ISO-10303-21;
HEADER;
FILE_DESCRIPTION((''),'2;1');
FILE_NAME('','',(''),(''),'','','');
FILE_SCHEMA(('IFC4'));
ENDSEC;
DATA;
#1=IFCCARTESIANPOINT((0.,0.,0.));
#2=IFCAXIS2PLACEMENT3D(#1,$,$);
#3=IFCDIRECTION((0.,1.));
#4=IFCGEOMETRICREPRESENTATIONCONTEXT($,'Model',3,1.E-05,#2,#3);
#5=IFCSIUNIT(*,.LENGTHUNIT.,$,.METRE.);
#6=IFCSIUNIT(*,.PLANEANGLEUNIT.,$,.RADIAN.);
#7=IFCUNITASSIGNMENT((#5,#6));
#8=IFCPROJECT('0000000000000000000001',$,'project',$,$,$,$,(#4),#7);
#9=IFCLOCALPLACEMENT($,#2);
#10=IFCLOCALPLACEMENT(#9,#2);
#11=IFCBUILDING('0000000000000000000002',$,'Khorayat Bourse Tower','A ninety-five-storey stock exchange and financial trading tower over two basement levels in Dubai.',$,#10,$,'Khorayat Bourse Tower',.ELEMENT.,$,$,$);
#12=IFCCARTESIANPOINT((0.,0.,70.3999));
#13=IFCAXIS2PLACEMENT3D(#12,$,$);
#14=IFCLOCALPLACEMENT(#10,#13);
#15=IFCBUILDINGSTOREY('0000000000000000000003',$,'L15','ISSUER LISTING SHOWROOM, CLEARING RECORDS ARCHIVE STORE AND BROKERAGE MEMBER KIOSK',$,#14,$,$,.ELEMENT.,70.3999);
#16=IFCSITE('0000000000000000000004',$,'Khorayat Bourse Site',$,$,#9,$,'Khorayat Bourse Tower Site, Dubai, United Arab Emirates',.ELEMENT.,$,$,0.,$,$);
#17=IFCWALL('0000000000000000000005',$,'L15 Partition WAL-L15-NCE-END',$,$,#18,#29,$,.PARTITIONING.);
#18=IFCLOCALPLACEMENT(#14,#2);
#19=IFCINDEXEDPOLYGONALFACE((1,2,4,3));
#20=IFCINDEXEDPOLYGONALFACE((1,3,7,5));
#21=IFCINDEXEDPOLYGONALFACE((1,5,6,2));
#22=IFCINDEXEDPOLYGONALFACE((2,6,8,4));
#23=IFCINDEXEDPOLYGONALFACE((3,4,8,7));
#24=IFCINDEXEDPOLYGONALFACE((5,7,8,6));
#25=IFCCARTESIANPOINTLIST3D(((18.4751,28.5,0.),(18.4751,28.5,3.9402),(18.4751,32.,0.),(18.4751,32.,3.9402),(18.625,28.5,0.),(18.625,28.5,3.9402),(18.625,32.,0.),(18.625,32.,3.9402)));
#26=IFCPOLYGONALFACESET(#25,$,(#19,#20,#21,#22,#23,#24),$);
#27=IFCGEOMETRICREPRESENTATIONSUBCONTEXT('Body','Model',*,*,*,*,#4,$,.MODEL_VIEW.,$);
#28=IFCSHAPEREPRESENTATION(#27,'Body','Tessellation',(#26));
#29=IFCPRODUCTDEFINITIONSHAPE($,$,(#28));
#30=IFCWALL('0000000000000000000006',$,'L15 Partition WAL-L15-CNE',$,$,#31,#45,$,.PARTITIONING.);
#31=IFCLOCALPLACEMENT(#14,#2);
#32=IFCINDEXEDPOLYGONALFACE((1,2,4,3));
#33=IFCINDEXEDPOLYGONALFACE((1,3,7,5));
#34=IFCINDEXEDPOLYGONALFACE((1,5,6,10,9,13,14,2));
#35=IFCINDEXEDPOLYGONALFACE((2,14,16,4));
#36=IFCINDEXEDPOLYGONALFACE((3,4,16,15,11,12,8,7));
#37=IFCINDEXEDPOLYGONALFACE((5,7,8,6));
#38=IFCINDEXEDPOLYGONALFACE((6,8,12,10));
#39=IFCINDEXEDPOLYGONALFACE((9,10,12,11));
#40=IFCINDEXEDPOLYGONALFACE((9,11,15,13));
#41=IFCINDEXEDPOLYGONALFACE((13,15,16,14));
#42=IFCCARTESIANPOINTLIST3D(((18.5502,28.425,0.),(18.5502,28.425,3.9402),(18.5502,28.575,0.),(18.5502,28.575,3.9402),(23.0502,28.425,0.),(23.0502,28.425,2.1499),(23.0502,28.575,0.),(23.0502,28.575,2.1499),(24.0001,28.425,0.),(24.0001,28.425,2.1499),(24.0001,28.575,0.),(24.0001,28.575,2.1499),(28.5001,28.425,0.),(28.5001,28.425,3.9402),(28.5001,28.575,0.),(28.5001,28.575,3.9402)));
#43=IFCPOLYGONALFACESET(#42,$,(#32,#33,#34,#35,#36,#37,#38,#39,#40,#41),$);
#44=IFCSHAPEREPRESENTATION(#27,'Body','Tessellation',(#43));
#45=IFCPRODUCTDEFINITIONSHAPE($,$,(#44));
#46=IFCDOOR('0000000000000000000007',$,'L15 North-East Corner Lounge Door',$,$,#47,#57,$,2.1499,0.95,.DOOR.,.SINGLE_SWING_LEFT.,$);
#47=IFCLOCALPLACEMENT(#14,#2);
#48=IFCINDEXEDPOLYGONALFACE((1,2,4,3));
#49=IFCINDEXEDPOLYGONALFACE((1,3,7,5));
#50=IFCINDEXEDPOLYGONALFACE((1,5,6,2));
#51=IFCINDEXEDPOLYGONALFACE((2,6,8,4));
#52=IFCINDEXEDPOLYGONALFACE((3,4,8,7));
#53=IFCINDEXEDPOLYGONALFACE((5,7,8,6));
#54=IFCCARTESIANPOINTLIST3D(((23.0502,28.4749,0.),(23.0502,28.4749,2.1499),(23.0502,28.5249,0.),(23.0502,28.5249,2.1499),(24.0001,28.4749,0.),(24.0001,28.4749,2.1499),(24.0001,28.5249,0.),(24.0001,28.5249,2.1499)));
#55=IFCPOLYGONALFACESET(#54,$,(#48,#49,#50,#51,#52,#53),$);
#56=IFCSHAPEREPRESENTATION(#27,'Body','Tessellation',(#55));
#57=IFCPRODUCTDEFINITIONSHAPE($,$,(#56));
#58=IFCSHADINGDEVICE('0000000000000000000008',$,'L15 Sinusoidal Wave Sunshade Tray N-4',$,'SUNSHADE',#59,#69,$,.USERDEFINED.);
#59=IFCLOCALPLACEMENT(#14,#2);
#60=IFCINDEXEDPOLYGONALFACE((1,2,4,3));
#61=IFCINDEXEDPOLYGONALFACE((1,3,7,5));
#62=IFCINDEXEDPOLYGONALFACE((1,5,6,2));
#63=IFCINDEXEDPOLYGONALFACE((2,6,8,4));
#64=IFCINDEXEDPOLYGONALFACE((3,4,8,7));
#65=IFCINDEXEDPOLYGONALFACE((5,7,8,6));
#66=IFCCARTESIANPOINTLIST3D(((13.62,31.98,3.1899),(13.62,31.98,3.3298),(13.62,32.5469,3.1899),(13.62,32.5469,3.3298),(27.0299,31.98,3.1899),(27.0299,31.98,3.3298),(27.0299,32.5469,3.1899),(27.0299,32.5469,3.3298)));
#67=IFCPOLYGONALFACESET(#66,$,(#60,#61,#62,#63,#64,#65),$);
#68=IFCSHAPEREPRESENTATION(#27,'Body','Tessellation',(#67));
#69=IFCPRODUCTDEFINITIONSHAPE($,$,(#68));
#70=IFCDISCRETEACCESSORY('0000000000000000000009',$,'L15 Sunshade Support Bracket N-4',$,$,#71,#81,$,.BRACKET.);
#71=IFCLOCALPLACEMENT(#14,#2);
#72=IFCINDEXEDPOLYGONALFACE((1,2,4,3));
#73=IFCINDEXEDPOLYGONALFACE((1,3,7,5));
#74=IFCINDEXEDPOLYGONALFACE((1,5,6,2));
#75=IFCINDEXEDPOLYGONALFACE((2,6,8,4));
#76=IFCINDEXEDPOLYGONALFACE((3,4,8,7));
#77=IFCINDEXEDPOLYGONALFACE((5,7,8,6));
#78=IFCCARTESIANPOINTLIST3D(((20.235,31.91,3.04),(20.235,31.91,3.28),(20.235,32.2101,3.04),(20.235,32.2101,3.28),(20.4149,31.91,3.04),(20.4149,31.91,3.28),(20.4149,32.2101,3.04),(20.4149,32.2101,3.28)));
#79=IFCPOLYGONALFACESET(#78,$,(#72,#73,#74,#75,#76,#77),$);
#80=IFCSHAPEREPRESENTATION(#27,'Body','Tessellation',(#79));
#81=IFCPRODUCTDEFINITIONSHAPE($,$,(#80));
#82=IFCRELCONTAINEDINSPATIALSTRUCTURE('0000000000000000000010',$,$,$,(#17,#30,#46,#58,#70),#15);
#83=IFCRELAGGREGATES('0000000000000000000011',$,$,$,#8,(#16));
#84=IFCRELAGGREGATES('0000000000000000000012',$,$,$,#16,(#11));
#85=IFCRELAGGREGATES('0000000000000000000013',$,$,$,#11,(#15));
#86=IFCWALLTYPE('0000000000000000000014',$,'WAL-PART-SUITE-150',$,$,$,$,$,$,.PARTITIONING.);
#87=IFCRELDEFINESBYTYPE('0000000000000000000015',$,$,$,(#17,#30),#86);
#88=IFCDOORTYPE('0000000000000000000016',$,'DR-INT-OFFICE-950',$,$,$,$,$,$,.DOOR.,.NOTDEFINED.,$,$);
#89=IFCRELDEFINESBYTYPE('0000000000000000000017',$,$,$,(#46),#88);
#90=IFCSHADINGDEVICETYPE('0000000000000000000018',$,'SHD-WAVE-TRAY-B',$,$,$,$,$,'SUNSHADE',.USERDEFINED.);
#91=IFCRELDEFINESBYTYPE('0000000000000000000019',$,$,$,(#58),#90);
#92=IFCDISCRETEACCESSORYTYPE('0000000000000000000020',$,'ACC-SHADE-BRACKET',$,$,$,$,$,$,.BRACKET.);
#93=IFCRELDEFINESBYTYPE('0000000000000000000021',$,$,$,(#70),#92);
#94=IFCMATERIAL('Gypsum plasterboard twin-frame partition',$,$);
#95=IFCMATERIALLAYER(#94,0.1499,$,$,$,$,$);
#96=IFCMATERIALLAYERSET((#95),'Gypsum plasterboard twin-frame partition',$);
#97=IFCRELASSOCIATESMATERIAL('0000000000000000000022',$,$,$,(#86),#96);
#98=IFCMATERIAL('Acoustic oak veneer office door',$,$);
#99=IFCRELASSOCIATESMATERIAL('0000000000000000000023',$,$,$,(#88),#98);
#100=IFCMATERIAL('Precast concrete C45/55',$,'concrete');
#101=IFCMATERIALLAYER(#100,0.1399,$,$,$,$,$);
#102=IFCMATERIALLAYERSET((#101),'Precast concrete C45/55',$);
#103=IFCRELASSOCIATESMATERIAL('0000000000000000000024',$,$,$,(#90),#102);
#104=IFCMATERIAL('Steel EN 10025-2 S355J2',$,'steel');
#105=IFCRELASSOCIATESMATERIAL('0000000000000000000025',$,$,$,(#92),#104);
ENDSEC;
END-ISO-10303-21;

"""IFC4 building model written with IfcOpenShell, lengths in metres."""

from ifc_helpers import new_model, si_unit, direction, frame, frame_2d, origin, origin_2d, place, context, subcontext, project, spatial, rectangle, extrude, source, transform, mapped, material, layer, layer_set, type_object, element, fill, save


model = new_model("IFC4")

# Units and contexts
model_context = context("Model", 3, precision=1e-05, world=origin(), true_north=direction((0.0, 1.0)))
body_context = subcontext(model_context, "Body", "Model", "MODEL_VIEW")
ifc_project = project(units=[si_unit("LENGTHUNIT", "METRE"), si_unit("PLANEANGLEUNIT", "RADIAN")], contexts=[model_context])

# Site, building, storey
site_placement = place(None, origin())
site = spatial("IfcSite", under=ifc_project, at=site_placement, Name="Khorayat Bourse Site", LongName="Khorayat Bourse Tower Site, Dubai, United Arab Emirates", CompositionType="ELEMENT", RefElevation=0.0)
building_placement = place(site_placement, origin())
building = spatial("IfcBuilding", under=site, at=building_placement, Name="Khorayat Bourse Tower", Description="A ninety-five-storey stock exchange and financial trading tower over two basement levels in Dubai.", LongName="Khorayat Bourse Tower", CompositionType="ELEMENT")
storey_placement = place(building_placement, frame((0.0, 0.0, 70.3999)))
storey = spatial("IfcBuildingStorey", under=building, at=storey_placement, Name="L15", Description="ISSUER LISTING SHOWROOM, CLEARING RECORDS ARCHIVE STORE AND BROKERAGE MEMBER KIOSK", CompositionType="ELEMENT", Elevation=70.3999)

# Shared definitions
ifc_material_1 = material(Name="Steel EN 10025-2 S355J2", Category="steel")

# Shared definitions
ifc_material_2 = material(Name="Precast concrete C45/55", Category="concrete")

# Wall
ifc_material_3 = material(Name="Gypsum plasterboard twin-frame partition")
ifc_layer_1 = layer(ifc_material_3, 0.1499)
ifc_layer_set_1 = layer_set([ifc_layer_1], Name="Gypsum plasterboard twin-frame partition")
wall_type_1 = type_object("IfcWallType", Name="WAL-PART-SUITE-150", PredefinedType="PARTITIONING", material=ifc_layer_set_1)
shared_shape_1 = source(origin(), body_context, "Body", "SweptSolid", [
    extrude(rectangle(XDim=3.5, YDim=0.1499, at=frame_2d((1.75, 0.0))), origin(), (0.0, 0.0, 1.0), 3.9402),
])
wall_1_placement = place(storey_placement, frame((18.55, 28.5, 0.0), z_axis=(0.0, 0.0, 1.0), x_axis=(0.0, 1.0, 0.0)))
element("IfcWall", 1, at=wall_1_placement, inside=storey, type_object=wall_type_1, Name="L15 Partition WAL-L15-NCE-END", PredefinedType="PARTITIONING", context=body_context, shape_type="MappedRepresentation", body=[
    mapped(shared_shape_1, transform((0.0, 0.0, 0.0), scale=1.0)),
])

# Wall, opening, door
shared_shape_2 = source(origin(), body_context, "Body", "SweptSolid", [
    extrude(rectangle(XDim=9.95, YDim=0.1499, at=frame_2d((4.9751, 0.0))), origin(), (0.0, 0.0, 1.0), 3.9402),
])
wall_2_placement = place(storey_placement, frame((18.55, 28.5, 0.0), z_axis=(0.0, 0.0, 1.0), x_axis=(1.0, 0.0, 0.0)))
wall_2 = element("IfcWall", 2, at=wall_2_placement, inside=storey, type_object=wall_type_1, Name="L15 Partition WAL-L15-CNE", PredefinedType="PARTITIONING", context=body_context, shape_type="MappedRepresentation", body=[
    mapped(shared_shape_2, transform((0.0, 0.0, 0.0), scale=1.0)),
])
shared_shape_3 = source(origin(), body_context, "Body", "SweptSolid", [
    extrude(rectangle(XDim=0.95, YDim=2.1499, at=frame_2d((0.4751, 1.075))), frame((0.0, 0.085, 0.0), z_axis=(0.0, -1.0, 0.0), x_axis=(1.0, 0.0, 0.0)), (0.0, 0.0, 1.0), 0.1699),
])
opening_1_placement = place(wall_2_placement, frame((4.5, 0.0, 0.0)))
opening_1 = element("IfcOpeningElement", 3, at=opening_1_placement, cuts=wall_2, PredefinedType="OPENING", context=body_context, shape_type="MappedRepresentation", body=[
    mapped(shared_shape_3, transform((0.0, 0.0, 0.0), scale=1.0)),
])
ifc_material_4 = material(Name="Acoustic oak veneer office door")
door_type = type_object("IfcDoorType", Name="DR-INT-OFFICE-950", OperationType="NOTDEFINED", PredefinedType="DOOR", material=ifc_material_4)
shared_shape_4 = source(origin(), body_context, "Body", "SweptSolid", [
    extrude(rectangle(XDim=0.95, YDim=2.1499, at=frame_2d((0.4751, 1.075))), frame((0.0, 0.0249, 0.0), z_axis=(0.0, -1.0, 0.0), x_axis=(1.0, 0.0, 0.0)), (0.0, 0.0, 1.0), 0.05),
])
door_placement = place(opening_1_placement, origin())
door = element("IfcDoor", 4, at=door_placement, inside=storey, type_object=door_type, Name="L15 North-East Corner Lounge Door", OperationType="SINGLE_SWING_LEFT", OverallHeight=2.1499, OverallWidth=0.95, PredefinedType="DOOR", context=body_context, shape_type="MappedRepresentation", body=[
    mapped(shared_shape_4, transform((0.0, 0.0, 0.0), scale=1.0)),
])
fill(opening_1, door)

# Shading device
ifc_layer_2 = layer(ifc_material_2, 0.1399)
ifc_layer_set_2 = layer_set([ifc_layer_2], Name="Precast concrete C45/55")
shading_device_type = type_object("IfcShadingDeviceType", Name="SHD-WAVE-TRAY-B", ElementType="SUNSHADE", PredefinedType="USERDEFINED", material=ifc_layer_set_2)
shared_shape_5 = source(origin(), body_context, "Body", "SweptSolid", [
    extrude(rectangle(XDim=13.4099, YDim=0.5669, at=origin_2d()), origin(), (0.0, 0.0, 1.0), 0.1399),
])
shading_device_placement = place(storey_placement, frame((20.325, 32.2634, 3.1899), z_axis=(0.0, 0.0, 1.0), x_axis=(1.0, 0.0, 0.0)))
element("IfcShadingDevice", 5, at=shading_device_placement, inside=storey, type_object=shading_device_type, Name="L15 Sinusoidal Wave Sunshade Tray N-4", ObjectType="SUNSHADE", PredefinedType="USERDEFINED", context=body_context, shape_type="MappedRepresentation", body=[
    mapped(shared_shape_5, transform((0.0, 0.0, 0.0), scale=1.0)),
])

# Discrete accessory
discrete_accessory_type = type_object("IfcDiscreteAccessoryType", Name="ACC-SHADE-BRACKET", PredefinedType="BRACKET", material=ifc_material_1)
shared_shape_6 = source(origin(), body_context, "Body", "SweptSolid", [
    extrude(rectangle(XDim=0.1799, YDim=0.3, at=origin_2d()), origin(), (0.0, 0.0, 1.0), 0.24),
])
discrete_accessory_placement = place(storey_placement, frame((20.325, 32.0601, 3.04), z_axis=(0.0, 0.0, 1.0), x_axis=(1.0, 0.0, 0.0)))
element("IfcDiscreteAccessory", 6, at=discrete_accessory_placement, inside=storey, type_object=discrete_accessory_type, Name="L15 Sunshade Support Bracket N-4", PredefinedType="BRACKET", context=body_context, shape_type="MappedRepresentation", body=[
    mapped(shared_shape_6, transform((0.0, 0.0, 0.0), scale=1.0)),
])

save(model, "model.ifc")
